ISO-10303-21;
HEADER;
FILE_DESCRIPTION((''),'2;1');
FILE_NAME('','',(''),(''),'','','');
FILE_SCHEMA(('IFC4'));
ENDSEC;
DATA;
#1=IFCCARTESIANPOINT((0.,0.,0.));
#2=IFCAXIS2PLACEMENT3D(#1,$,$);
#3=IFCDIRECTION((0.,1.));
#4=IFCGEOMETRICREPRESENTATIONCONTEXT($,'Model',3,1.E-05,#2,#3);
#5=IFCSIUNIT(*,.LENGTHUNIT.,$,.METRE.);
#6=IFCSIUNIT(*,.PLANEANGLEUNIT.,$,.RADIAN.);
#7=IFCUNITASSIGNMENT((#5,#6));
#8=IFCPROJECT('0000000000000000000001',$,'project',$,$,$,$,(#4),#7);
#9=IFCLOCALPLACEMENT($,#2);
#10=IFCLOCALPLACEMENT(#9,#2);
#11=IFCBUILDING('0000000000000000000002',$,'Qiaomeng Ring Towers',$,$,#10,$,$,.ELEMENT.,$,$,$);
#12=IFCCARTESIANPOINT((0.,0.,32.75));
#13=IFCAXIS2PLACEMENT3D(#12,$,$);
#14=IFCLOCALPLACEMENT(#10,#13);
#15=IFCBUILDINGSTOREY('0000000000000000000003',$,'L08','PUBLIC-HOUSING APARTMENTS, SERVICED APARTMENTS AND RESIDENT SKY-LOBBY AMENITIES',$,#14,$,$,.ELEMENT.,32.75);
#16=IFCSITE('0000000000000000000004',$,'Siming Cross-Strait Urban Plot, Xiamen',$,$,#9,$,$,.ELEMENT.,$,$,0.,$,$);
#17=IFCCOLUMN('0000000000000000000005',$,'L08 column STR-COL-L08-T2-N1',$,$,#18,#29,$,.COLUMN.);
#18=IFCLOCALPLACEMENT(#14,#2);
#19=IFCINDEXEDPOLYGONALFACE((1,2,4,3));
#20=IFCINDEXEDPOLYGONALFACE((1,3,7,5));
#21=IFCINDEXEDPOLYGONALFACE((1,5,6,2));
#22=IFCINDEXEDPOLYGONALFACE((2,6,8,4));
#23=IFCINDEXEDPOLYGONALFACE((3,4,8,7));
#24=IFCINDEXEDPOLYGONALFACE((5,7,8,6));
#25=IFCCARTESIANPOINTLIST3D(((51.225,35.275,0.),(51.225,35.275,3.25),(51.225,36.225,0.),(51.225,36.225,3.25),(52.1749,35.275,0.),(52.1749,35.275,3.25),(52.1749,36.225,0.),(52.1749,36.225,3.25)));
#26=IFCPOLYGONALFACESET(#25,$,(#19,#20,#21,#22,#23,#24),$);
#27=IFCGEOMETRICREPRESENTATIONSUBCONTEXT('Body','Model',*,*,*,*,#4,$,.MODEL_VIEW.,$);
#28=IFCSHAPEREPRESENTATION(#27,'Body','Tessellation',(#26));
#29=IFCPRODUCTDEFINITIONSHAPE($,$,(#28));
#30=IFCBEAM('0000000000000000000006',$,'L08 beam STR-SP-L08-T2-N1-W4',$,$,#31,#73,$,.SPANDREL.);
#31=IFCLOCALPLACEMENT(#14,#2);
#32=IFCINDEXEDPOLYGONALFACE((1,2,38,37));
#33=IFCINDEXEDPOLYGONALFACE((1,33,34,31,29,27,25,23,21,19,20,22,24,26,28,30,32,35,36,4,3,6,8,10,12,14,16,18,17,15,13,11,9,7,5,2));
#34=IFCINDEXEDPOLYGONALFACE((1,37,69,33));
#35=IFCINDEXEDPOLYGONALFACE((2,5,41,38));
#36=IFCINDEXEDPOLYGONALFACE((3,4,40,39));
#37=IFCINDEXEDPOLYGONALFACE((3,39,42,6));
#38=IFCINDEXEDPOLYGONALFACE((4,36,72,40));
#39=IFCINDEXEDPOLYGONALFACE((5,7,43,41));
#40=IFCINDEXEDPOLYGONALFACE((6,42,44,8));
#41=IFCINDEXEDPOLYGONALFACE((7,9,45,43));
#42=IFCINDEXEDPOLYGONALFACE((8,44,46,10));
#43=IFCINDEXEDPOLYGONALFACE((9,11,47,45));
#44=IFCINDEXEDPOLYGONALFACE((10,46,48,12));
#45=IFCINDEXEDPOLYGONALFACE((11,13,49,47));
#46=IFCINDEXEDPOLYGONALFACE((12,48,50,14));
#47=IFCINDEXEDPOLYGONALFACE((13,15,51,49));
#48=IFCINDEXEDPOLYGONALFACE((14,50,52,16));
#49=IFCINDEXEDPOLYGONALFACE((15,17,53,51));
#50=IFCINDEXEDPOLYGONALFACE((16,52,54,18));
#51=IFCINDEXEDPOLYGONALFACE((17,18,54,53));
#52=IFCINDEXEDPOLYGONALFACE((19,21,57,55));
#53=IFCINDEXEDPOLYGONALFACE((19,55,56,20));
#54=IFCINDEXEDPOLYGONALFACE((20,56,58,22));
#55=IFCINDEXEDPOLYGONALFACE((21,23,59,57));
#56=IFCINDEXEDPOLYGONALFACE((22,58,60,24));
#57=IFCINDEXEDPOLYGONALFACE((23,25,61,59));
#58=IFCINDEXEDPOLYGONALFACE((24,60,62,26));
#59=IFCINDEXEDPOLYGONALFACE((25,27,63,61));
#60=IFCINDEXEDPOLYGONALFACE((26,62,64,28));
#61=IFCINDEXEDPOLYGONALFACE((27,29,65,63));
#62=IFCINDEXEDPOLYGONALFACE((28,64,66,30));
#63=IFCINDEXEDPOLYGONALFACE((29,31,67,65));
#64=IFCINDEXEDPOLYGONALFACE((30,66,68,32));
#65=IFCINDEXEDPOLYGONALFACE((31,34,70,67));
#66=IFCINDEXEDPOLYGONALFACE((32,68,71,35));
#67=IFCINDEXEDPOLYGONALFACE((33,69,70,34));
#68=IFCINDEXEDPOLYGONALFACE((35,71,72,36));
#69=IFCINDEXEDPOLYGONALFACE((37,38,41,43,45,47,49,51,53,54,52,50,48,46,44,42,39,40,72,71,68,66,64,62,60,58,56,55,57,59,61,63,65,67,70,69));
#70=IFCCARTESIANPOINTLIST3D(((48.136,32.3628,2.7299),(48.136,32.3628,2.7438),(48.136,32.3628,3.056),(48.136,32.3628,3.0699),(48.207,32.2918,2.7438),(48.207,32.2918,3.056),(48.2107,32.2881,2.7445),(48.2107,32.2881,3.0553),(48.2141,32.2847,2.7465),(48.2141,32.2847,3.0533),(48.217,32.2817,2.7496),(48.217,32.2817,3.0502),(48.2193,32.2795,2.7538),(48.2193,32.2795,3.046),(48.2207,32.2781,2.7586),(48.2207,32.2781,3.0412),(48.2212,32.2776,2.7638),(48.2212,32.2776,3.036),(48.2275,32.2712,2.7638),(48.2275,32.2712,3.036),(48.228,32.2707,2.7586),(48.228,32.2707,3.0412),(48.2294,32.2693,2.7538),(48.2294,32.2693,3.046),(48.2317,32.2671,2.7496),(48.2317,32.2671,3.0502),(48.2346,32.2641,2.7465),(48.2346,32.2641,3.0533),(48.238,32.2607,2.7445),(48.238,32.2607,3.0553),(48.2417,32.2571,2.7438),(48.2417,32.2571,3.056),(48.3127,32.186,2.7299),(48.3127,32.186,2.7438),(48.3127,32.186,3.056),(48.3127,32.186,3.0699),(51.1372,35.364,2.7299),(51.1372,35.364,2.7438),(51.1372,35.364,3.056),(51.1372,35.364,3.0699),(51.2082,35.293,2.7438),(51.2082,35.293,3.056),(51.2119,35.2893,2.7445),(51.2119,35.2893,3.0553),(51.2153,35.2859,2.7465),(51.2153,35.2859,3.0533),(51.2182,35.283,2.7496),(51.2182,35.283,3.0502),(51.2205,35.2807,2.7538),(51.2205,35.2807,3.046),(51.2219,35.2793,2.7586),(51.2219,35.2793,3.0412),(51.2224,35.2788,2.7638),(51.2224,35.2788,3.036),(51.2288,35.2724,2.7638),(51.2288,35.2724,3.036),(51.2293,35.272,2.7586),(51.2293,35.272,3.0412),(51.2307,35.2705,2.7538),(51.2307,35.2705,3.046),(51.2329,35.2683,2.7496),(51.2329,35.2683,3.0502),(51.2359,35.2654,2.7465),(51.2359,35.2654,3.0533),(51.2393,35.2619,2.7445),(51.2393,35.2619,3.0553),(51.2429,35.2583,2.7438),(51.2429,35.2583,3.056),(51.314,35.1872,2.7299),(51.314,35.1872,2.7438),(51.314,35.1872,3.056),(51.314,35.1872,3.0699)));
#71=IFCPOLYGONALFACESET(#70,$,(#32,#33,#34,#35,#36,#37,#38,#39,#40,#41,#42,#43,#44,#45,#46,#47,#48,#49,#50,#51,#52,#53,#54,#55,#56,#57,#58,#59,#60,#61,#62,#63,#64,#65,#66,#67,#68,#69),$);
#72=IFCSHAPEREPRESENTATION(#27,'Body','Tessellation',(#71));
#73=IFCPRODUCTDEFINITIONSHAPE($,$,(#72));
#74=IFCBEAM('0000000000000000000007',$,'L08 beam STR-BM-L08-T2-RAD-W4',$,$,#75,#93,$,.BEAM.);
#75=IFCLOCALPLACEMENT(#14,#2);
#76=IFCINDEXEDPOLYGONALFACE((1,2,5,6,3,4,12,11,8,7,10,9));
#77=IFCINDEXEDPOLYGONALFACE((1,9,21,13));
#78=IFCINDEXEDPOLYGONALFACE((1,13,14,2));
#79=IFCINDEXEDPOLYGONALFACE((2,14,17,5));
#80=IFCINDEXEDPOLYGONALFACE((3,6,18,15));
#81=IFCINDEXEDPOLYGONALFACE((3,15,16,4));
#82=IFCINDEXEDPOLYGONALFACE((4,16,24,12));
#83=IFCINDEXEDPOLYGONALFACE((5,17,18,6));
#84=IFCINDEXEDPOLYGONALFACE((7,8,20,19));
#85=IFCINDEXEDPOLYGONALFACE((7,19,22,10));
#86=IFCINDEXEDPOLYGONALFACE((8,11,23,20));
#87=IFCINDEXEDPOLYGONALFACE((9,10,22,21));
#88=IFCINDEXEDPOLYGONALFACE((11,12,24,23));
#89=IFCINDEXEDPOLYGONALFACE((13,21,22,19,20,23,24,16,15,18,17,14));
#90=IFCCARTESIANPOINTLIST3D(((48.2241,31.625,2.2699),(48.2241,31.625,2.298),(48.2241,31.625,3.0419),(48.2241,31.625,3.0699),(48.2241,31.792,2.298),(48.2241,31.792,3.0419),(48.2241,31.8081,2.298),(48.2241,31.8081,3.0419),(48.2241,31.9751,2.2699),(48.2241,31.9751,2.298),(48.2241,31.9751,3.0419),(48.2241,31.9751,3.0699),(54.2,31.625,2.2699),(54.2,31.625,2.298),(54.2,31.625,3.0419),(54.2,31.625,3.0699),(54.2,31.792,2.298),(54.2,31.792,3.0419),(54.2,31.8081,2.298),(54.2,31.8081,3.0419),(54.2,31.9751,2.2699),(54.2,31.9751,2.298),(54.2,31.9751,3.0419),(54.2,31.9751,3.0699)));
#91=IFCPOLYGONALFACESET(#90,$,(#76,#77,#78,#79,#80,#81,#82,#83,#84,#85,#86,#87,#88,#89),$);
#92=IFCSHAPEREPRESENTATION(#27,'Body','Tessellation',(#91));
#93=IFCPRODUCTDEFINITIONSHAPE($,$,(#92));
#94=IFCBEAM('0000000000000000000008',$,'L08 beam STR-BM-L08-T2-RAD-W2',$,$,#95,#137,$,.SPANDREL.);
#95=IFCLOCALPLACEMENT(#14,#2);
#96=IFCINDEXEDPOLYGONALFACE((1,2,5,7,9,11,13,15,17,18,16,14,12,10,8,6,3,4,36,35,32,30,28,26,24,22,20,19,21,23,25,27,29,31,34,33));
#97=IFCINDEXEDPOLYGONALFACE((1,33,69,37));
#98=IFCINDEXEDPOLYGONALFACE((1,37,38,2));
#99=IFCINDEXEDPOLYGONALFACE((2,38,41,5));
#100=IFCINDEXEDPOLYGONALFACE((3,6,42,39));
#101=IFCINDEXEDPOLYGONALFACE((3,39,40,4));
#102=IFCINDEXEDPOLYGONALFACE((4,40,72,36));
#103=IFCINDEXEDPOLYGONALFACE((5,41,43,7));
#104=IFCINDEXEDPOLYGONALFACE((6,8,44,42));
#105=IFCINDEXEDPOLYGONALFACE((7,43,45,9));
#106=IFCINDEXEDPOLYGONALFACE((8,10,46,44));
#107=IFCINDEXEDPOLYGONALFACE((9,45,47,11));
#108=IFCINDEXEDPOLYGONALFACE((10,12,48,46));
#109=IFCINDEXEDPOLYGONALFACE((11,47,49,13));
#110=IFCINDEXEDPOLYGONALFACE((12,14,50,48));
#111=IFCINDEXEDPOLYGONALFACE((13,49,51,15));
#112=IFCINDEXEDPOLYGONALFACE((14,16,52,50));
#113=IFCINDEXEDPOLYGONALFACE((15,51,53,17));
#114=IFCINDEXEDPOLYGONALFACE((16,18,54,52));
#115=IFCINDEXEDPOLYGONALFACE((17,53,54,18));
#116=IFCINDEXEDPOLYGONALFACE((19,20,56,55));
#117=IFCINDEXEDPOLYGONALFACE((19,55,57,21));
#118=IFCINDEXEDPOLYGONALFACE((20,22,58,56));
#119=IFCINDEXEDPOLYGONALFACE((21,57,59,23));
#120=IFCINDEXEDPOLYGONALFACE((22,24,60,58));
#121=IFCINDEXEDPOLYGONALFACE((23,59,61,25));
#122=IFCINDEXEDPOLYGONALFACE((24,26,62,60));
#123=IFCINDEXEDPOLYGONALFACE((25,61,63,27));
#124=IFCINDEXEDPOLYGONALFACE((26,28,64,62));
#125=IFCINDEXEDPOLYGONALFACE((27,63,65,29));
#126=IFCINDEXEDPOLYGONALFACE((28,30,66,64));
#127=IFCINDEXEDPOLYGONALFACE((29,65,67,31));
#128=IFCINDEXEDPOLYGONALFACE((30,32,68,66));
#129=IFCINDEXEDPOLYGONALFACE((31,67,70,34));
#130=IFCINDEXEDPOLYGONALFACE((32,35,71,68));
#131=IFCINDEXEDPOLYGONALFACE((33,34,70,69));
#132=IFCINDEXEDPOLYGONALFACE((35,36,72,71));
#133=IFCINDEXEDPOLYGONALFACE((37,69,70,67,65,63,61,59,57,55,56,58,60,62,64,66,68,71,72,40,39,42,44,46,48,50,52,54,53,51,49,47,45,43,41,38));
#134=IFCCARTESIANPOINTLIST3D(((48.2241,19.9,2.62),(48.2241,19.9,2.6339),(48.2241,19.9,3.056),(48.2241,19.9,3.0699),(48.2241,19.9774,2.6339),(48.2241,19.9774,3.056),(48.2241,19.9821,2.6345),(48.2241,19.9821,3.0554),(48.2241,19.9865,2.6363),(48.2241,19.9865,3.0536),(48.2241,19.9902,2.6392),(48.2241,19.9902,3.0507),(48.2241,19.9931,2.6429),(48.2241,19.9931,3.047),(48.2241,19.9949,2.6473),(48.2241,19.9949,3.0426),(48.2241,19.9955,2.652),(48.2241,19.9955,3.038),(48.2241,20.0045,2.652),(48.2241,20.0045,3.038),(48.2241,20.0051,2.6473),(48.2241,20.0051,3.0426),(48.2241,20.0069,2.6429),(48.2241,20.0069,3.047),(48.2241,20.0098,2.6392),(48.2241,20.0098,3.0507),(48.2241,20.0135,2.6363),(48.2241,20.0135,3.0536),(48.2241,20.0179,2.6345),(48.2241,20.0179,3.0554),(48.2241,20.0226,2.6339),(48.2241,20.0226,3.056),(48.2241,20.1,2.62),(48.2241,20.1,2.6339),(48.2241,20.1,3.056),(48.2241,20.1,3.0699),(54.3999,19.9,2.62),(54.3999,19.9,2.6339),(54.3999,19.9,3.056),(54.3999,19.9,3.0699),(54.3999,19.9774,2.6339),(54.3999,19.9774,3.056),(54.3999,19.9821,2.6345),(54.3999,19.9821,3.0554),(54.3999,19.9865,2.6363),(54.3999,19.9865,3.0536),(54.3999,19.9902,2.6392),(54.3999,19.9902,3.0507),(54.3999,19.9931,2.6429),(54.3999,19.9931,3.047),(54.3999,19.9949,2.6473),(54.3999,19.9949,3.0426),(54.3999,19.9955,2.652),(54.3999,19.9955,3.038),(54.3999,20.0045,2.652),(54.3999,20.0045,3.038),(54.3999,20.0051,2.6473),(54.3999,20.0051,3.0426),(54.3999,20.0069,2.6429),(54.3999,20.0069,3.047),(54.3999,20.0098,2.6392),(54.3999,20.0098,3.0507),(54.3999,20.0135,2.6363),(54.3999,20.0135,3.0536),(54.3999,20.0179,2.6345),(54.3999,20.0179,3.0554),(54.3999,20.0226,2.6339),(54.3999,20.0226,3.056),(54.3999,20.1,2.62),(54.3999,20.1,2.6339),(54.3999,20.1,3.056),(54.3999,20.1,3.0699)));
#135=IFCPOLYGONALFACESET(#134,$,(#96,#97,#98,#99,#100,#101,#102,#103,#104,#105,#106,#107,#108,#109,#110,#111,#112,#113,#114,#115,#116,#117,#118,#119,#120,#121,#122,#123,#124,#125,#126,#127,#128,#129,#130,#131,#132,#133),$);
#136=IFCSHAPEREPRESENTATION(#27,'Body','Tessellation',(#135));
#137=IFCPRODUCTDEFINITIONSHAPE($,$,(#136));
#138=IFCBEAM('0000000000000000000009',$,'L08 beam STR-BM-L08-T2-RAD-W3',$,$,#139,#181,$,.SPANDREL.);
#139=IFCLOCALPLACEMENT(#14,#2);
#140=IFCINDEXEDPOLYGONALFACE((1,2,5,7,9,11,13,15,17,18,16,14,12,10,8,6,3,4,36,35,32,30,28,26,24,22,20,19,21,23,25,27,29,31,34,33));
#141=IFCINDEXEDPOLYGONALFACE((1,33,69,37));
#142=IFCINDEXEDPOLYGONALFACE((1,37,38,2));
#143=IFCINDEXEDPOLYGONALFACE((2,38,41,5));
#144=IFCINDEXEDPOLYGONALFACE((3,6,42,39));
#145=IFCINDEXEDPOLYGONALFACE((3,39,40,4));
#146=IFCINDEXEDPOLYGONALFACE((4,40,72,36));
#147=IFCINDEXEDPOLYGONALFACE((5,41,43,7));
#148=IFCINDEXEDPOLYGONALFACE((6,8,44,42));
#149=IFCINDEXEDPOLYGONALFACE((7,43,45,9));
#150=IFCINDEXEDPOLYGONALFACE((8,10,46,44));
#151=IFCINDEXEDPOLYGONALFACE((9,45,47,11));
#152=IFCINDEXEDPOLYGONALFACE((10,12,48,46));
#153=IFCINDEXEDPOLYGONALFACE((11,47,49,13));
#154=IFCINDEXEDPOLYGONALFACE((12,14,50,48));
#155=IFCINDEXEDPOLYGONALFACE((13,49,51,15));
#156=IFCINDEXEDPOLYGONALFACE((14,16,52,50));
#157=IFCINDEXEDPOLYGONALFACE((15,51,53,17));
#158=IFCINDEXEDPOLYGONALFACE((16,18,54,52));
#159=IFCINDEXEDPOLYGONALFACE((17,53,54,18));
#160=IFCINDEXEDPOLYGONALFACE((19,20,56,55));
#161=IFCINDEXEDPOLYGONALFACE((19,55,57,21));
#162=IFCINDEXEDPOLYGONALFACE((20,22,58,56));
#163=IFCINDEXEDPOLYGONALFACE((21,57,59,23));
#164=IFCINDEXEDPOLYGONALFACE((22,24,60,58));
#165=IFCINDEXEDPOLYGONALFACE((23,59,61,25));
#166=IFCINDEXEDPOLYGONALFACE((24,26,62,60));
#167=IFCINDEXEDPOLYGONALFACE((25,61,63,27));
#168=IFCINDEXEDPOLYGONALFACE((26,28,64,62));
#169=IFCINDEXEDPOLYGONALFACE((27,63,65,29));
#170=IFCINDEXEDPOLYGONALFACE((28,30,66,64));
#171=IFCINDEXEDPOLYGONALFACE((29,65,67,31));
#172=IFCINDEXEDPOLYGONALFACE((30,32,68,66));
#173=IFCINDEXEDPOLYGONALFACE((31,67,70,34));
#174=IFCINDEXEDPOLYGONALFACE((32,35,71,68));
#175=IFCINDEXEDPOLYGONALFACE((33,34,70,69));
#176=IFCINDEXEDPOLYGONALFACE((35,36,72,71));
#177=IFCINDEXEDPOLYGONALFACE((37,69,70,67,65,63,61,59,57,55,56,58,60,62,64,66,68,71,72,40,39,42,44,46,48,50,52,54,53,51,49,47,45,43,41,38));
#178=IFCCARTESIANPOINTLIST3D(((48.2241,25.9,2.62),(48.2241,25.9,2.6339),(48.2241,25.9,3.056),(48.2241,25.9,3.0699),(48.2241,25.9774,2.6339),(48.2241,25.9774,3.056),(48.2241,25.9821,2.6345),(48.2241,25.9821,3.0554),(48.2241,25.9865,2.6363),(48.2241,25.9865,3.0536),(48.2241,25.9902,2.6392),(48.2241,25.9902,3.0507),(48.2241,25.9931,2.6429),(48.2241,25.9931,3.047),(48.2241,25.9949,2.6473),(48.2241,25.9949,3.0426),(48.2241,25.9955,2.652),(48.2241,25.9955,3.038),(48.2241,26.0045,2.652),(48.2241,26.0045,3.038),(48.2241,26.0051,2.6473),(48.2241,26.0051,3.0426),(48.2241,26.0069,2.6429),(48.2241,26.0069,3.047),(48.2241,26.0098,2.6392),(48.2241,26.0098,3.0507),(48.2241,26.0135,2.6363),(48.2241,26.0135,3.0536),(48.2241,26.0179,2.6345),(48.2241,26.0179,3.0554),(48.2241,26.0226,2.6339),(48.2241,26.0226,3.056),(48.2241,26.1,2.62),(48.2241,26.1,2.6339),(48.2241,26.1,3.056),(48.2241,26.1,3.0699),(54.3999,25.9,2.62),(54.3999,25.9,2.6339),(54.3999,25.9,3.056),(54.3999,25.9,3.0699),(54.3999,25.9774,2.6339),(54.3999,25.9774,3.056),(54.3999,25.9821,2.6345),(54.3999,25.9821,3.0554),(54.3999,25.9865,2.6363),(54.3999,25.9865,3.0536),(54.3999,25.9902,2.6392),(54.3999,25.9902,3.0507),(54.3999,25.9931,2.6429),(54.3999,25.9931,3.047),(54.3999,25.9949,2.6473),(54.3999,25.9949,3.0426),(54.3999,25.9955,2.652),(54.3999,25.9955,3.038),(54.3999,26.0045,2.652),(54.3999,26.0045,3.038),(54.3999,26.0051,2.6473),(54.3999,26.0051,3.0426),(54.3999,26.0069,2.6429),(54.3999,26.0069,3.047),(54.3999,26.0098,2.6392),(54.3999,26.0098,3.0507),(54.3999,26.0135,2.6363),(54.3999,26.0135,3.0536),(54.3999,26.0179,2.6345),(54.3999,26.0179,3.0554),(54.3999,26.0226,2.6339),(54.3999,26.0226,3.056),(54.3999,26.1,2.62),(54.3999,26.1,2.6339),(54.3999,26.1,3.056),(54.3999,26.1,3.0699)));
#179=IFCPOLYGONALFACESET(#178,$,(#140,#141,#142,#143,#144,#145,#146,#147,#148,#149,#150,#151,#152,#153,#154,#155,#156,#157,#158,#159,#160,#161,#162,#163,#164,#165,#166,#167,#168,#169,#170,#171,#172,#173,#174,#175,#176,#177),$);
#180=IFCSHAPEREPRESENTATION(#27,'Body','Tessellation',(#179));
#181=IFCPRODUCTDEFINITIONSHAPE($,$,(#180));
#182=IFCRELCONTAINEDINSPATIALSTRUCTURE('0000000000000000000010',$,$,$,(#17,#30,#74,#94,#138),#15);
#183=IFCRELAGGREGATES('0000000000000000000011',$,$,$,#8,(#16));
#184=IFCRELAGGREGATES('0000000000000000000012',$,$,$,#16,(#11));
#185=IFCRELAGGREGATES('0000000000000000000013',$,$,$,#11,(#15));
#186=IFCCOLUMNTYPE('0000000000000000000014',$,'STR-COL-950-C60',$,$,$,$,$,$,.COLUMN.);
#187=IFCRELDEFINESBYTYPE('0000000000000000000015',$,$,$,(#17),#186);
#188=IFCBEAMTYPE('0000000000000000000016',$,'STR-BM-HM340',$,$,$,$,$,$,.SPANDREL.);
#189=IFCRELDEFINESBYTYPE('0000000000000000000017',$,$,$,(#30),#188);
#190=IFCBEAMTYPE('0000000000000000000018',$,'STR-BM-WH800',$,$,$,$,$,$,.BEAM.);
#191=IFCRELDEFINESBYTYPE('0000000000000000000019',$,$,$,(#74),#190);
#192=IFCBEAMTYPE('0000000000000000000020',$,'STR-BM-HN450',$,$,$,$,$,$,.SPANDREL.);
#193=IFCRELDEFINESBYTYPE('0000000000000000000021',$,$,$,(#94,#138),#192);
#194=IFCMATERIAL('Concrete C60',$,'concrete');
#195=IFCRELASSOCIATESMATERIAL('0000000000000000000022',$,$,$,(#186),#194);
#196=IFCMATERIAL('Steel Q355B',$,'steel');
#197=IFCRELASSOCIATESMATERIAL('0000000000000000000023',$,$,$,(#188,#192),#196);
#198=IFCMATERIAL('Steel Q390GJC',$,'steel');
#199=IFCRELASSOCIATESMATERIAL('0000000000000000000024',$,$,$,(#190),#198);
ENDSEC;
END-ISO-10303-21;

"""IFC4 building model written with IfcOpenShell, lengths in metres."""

from ifc_helpers import new_model, si_unit, direction, frame, origin, origin_2d, place, context, subcontext, project, spatial, rectangle, i_section, extrude, source, transform, mapped, material, material_profile, profile_set, type_object, element, save


model = new_model("IFC4")

# Units and contexts
model_context = context("Model", 3, precision=1e-05, world=origin(), true_north=direction((0.0, 1.0)))
body_context = subcontext(model_context, "Body", "Model", "MODEL_VIEW")
ifc_project = project(units=[si_unit("LENGTHUNIT", "METRE"), si_unit("PLANEANGLEUNIT", "RADIAN")], contexts=[model_context])

# Site, building, storey
site_placement = place(None, origin())
site = spatial("IfcSite", under=ifc_project, at=site_placement, Name="Siming Cross-Strait Urban Plot, Xiamen", CompositionType="ELEMENT", RefElevation=0.0)
building_placement = place(site_placement, origin())
building = spatial("IfcBuilding", under=site, at=building_placement, Name="Qiaomeng Ring Towers", CompositionType="ELEMENT")
storey_placement = place(building_placement, frame((0.0, 0.0, 32.75)))
storey = spatial("IfcBuildingStorey", under=building, at=storey_placement, Name="L08", Description="PUBLIC-HOUSING APARTMENTS, SERVICED APARTMENTS AND RESIDENT SKY-LOBBY AMENITIES", CompositionType="ELEMENT", Elevation=32.75)

# Column
ifc_material_1 = material(Name="Concrete C60", Category="concrete")
ifc_material_profile_1 = material_profile(ifc_material_1, rectangle(XDim=0.95, YDim=0.95, at=origin_2d()), Name="RC COL 950x950")
ifc_profile_set_1 = profile_set([ifc_material_profile_1], Name="Concrete C60")
column_type = type_object("IfcColumnType", Name="STR-COL-950-C60", PredefinedType="COLUMN", material=ifc_profile_set_1)
shared_shape_1 = source(origin(), body_context, "Body", "SweptSolid", [
    extrude(rectangle(XDim=0.95, YDim=0.95, at=origin_2d()), origin(), (0.0, 0.0, 1.0), 3.25),
])
column_placement = place(storey_placement, frame((51.7, 35.75, 0.0), z_axis=(0.0, 0.0, 1.0), x_axis=(1.0, 0.0, 0.0)))
element("IfcColumn", 1, at=column_placement, inside=storey, type_object=column_type, Name="L08 column STR-COL-L08-T2-N1", PredefinedType="COLUMN", context=body_context, shape_type="MappedRepresentation", body=[
    mapped(shared_shape_1, transform((0.0, 0.0, 0.0), x_axis=(1.0, 0.0, 0.0), y_axis=(0.0, 1.0, 0.0), z_axis=(0.0, 0.0, 1.0), scale=1.0)),
])

# Beams
ifc_material_2 = material(Name="Steel Q355B", Category="steel")
ifc_material_profile_2 = material_profile(ifc_material_2, i_section(OverallWidth=0.25, OverallDepth=0.3401, WebThickness=0.009, FlangeThickness=0.0139, FilletRadius=0.02, at=origin_2d()), Name="HM 340x250x9x14")
ifc_profile_set_2 = profile_set([ifc_material_profile_2], Name="Steel Q355B")
beam_type_1 = type_object("IfcBeamType", Name="STR-BM-HM340", PredefinedType="SPANDREL", material=ifc_profile_set_2)
shared_shape_2 = source(origin(), body_context, "Body", "SweptSolid", [
    extrude(i_section(OverallWidth=0.25, OverallDepth=0.3401, WebThickness=0.009, FlangeThickness=0.0139, FilletRadius=0.02, at=origin_2d()), origin(), (0.0, 0.0, 1.0), 4.2444),
])
beam_1_placement = place(storey_placement, frame((51.2256, 35.2756, 2.8999), z_axis=(-0.707107, -0.707107, 0.0), x_axis=(0.707107, -0.707107, 0.0)))
element("IfcBeam", 2, at=beam_1_placement, inside=storey, type_object=beam_type_1, Name="L08 beam STR-SP-L08-T2-N1-W4", PredefinedType="SPANDREL", context=body_context, shape_type="MappedRepresentation", body=[
    mapped(shared_shape_2, transform((0.0, 0.0, 0.0), x_axis=(1.0, 0.0, 0.0), y_axis=(0.0, 1.0, 0.0), z_axis=(0.0, 0.0, 1.0), scale=1.0)),
])
ifc_material_3 = material(Name="Steel Q390GJC", Category="steel")
ifc_material_profile_3 = material_profile(ifc_material_3, i_section(OverallWidth=0.3501, OverallDepth=0.8, WebThickness=0.0161, FlangeThickness=0.0281, at=origin_2d()), Name="WH 800x350x16x28")
ifc_profile_set_3 = profile_set([ifc_material_profile_3], Name="Steel Q390GJC")
beam_type_2 = type_object("IfcBeamType", Name="STR-BM-WH800", PredefinedType="BEAM", material=ifc_profile_set_3)
shared_shape_3 = source(origin(), body_context, "Body", "SweptSolid", [
    extrude(i_section(OverallWidth=0.3501, OverallDepth=0.8, WebThickness=0.0161, FlangeThickness=0.0281, at=origin_2d()), origin(), (0.0, 0.0, 1.0), 5.9758),
])
beam_2_placement = place(storey_placement, frame((48.2241, 31.8, 2.6699), z_axis=(1.0, 0.0, 0.0), x_axis=(0.0, 1.0, 0.0)))
element("IfcBeam", 3, at=beam_2_placement, inside=storey, type_object=beam_type_2, Name="L08 beam STR-BM-L08-T2-RAD-W4", PredefinedType="BEAM", context=body_context, shape_type="MappedRepresentation", body=[
    mapped(shared_shape_3, transform((0.0, 0.0, 0.0), x_axis=(1.0, 0.0, 0.0), y_axis=(0.0, 1.0, 0.0), z_axis=(0.0, 0.0, 1.0), scale=1.0)),
])
ifc_material_profile_4 = material_profile(ifc_material_2, i_section(OverallWidth=0.2, OverallDepth=0.45, WebThickness=0.009, FlangeThickness=0.0139, FilletRadius=0.0181, at=origin_2d()), Name="HN 450x200x9x14")
ifc_profile_set_4 = profile_set([ifc_material_profile_4], Name="Steel Q355B")
beam_type_3 = type_object("IfcBeamType", Name="STR-BM-HN450", PredefinedType="SPANDREL", material=ifc_profile_set_4)
shared_shape_4 = source(origin(), body_context, "Body", "SweptSolid", [
    extrude(i_section(OverallWidth=0.2, OverallDepth=0.45, WebThickness=0.009, FlangeThickness=0.0139, FilletRadius=0.0181, at=origin_2d()), origin(), (0.0, 0.0, 1.0), 6.1758),
])
for number, where, z_axis, x_axis, name in (
    (4, (48.2241, 20.0, 2.845), (1.0, 0.0, 0.0), (0.0, 1.0, 0.0), "L08 beam STR-BM-L08-T2-RAD-W2"),
    (5, (48.2241, 26.0, 2.845), (1.0, 0.0, 0.0), (0.0, 1.0, 0.0), "L08 beam STR-BM-L08-T2-RAD-W3"),
):
    element("IfcBeam", number, at=place(storey_placement, frame(where, z_axis=z_axis, x_axis=x_axis)), inside=storey, type_object=beam_type_3, Name=name, PredefinedType="SPANDREL", context=body_context, shape_type="MappedRepresentation", body=[
        mapped(shared_shape_4, transform((0.0, 0.0, 0.0), x_axis=(1.0, 0.0, 0.0), y_axis=(0.0, 1.0, 0.0), z_axis=(0.0, 0.0, 1.0), scale=1.0)),
    ])

save(model, "model.ifc")
